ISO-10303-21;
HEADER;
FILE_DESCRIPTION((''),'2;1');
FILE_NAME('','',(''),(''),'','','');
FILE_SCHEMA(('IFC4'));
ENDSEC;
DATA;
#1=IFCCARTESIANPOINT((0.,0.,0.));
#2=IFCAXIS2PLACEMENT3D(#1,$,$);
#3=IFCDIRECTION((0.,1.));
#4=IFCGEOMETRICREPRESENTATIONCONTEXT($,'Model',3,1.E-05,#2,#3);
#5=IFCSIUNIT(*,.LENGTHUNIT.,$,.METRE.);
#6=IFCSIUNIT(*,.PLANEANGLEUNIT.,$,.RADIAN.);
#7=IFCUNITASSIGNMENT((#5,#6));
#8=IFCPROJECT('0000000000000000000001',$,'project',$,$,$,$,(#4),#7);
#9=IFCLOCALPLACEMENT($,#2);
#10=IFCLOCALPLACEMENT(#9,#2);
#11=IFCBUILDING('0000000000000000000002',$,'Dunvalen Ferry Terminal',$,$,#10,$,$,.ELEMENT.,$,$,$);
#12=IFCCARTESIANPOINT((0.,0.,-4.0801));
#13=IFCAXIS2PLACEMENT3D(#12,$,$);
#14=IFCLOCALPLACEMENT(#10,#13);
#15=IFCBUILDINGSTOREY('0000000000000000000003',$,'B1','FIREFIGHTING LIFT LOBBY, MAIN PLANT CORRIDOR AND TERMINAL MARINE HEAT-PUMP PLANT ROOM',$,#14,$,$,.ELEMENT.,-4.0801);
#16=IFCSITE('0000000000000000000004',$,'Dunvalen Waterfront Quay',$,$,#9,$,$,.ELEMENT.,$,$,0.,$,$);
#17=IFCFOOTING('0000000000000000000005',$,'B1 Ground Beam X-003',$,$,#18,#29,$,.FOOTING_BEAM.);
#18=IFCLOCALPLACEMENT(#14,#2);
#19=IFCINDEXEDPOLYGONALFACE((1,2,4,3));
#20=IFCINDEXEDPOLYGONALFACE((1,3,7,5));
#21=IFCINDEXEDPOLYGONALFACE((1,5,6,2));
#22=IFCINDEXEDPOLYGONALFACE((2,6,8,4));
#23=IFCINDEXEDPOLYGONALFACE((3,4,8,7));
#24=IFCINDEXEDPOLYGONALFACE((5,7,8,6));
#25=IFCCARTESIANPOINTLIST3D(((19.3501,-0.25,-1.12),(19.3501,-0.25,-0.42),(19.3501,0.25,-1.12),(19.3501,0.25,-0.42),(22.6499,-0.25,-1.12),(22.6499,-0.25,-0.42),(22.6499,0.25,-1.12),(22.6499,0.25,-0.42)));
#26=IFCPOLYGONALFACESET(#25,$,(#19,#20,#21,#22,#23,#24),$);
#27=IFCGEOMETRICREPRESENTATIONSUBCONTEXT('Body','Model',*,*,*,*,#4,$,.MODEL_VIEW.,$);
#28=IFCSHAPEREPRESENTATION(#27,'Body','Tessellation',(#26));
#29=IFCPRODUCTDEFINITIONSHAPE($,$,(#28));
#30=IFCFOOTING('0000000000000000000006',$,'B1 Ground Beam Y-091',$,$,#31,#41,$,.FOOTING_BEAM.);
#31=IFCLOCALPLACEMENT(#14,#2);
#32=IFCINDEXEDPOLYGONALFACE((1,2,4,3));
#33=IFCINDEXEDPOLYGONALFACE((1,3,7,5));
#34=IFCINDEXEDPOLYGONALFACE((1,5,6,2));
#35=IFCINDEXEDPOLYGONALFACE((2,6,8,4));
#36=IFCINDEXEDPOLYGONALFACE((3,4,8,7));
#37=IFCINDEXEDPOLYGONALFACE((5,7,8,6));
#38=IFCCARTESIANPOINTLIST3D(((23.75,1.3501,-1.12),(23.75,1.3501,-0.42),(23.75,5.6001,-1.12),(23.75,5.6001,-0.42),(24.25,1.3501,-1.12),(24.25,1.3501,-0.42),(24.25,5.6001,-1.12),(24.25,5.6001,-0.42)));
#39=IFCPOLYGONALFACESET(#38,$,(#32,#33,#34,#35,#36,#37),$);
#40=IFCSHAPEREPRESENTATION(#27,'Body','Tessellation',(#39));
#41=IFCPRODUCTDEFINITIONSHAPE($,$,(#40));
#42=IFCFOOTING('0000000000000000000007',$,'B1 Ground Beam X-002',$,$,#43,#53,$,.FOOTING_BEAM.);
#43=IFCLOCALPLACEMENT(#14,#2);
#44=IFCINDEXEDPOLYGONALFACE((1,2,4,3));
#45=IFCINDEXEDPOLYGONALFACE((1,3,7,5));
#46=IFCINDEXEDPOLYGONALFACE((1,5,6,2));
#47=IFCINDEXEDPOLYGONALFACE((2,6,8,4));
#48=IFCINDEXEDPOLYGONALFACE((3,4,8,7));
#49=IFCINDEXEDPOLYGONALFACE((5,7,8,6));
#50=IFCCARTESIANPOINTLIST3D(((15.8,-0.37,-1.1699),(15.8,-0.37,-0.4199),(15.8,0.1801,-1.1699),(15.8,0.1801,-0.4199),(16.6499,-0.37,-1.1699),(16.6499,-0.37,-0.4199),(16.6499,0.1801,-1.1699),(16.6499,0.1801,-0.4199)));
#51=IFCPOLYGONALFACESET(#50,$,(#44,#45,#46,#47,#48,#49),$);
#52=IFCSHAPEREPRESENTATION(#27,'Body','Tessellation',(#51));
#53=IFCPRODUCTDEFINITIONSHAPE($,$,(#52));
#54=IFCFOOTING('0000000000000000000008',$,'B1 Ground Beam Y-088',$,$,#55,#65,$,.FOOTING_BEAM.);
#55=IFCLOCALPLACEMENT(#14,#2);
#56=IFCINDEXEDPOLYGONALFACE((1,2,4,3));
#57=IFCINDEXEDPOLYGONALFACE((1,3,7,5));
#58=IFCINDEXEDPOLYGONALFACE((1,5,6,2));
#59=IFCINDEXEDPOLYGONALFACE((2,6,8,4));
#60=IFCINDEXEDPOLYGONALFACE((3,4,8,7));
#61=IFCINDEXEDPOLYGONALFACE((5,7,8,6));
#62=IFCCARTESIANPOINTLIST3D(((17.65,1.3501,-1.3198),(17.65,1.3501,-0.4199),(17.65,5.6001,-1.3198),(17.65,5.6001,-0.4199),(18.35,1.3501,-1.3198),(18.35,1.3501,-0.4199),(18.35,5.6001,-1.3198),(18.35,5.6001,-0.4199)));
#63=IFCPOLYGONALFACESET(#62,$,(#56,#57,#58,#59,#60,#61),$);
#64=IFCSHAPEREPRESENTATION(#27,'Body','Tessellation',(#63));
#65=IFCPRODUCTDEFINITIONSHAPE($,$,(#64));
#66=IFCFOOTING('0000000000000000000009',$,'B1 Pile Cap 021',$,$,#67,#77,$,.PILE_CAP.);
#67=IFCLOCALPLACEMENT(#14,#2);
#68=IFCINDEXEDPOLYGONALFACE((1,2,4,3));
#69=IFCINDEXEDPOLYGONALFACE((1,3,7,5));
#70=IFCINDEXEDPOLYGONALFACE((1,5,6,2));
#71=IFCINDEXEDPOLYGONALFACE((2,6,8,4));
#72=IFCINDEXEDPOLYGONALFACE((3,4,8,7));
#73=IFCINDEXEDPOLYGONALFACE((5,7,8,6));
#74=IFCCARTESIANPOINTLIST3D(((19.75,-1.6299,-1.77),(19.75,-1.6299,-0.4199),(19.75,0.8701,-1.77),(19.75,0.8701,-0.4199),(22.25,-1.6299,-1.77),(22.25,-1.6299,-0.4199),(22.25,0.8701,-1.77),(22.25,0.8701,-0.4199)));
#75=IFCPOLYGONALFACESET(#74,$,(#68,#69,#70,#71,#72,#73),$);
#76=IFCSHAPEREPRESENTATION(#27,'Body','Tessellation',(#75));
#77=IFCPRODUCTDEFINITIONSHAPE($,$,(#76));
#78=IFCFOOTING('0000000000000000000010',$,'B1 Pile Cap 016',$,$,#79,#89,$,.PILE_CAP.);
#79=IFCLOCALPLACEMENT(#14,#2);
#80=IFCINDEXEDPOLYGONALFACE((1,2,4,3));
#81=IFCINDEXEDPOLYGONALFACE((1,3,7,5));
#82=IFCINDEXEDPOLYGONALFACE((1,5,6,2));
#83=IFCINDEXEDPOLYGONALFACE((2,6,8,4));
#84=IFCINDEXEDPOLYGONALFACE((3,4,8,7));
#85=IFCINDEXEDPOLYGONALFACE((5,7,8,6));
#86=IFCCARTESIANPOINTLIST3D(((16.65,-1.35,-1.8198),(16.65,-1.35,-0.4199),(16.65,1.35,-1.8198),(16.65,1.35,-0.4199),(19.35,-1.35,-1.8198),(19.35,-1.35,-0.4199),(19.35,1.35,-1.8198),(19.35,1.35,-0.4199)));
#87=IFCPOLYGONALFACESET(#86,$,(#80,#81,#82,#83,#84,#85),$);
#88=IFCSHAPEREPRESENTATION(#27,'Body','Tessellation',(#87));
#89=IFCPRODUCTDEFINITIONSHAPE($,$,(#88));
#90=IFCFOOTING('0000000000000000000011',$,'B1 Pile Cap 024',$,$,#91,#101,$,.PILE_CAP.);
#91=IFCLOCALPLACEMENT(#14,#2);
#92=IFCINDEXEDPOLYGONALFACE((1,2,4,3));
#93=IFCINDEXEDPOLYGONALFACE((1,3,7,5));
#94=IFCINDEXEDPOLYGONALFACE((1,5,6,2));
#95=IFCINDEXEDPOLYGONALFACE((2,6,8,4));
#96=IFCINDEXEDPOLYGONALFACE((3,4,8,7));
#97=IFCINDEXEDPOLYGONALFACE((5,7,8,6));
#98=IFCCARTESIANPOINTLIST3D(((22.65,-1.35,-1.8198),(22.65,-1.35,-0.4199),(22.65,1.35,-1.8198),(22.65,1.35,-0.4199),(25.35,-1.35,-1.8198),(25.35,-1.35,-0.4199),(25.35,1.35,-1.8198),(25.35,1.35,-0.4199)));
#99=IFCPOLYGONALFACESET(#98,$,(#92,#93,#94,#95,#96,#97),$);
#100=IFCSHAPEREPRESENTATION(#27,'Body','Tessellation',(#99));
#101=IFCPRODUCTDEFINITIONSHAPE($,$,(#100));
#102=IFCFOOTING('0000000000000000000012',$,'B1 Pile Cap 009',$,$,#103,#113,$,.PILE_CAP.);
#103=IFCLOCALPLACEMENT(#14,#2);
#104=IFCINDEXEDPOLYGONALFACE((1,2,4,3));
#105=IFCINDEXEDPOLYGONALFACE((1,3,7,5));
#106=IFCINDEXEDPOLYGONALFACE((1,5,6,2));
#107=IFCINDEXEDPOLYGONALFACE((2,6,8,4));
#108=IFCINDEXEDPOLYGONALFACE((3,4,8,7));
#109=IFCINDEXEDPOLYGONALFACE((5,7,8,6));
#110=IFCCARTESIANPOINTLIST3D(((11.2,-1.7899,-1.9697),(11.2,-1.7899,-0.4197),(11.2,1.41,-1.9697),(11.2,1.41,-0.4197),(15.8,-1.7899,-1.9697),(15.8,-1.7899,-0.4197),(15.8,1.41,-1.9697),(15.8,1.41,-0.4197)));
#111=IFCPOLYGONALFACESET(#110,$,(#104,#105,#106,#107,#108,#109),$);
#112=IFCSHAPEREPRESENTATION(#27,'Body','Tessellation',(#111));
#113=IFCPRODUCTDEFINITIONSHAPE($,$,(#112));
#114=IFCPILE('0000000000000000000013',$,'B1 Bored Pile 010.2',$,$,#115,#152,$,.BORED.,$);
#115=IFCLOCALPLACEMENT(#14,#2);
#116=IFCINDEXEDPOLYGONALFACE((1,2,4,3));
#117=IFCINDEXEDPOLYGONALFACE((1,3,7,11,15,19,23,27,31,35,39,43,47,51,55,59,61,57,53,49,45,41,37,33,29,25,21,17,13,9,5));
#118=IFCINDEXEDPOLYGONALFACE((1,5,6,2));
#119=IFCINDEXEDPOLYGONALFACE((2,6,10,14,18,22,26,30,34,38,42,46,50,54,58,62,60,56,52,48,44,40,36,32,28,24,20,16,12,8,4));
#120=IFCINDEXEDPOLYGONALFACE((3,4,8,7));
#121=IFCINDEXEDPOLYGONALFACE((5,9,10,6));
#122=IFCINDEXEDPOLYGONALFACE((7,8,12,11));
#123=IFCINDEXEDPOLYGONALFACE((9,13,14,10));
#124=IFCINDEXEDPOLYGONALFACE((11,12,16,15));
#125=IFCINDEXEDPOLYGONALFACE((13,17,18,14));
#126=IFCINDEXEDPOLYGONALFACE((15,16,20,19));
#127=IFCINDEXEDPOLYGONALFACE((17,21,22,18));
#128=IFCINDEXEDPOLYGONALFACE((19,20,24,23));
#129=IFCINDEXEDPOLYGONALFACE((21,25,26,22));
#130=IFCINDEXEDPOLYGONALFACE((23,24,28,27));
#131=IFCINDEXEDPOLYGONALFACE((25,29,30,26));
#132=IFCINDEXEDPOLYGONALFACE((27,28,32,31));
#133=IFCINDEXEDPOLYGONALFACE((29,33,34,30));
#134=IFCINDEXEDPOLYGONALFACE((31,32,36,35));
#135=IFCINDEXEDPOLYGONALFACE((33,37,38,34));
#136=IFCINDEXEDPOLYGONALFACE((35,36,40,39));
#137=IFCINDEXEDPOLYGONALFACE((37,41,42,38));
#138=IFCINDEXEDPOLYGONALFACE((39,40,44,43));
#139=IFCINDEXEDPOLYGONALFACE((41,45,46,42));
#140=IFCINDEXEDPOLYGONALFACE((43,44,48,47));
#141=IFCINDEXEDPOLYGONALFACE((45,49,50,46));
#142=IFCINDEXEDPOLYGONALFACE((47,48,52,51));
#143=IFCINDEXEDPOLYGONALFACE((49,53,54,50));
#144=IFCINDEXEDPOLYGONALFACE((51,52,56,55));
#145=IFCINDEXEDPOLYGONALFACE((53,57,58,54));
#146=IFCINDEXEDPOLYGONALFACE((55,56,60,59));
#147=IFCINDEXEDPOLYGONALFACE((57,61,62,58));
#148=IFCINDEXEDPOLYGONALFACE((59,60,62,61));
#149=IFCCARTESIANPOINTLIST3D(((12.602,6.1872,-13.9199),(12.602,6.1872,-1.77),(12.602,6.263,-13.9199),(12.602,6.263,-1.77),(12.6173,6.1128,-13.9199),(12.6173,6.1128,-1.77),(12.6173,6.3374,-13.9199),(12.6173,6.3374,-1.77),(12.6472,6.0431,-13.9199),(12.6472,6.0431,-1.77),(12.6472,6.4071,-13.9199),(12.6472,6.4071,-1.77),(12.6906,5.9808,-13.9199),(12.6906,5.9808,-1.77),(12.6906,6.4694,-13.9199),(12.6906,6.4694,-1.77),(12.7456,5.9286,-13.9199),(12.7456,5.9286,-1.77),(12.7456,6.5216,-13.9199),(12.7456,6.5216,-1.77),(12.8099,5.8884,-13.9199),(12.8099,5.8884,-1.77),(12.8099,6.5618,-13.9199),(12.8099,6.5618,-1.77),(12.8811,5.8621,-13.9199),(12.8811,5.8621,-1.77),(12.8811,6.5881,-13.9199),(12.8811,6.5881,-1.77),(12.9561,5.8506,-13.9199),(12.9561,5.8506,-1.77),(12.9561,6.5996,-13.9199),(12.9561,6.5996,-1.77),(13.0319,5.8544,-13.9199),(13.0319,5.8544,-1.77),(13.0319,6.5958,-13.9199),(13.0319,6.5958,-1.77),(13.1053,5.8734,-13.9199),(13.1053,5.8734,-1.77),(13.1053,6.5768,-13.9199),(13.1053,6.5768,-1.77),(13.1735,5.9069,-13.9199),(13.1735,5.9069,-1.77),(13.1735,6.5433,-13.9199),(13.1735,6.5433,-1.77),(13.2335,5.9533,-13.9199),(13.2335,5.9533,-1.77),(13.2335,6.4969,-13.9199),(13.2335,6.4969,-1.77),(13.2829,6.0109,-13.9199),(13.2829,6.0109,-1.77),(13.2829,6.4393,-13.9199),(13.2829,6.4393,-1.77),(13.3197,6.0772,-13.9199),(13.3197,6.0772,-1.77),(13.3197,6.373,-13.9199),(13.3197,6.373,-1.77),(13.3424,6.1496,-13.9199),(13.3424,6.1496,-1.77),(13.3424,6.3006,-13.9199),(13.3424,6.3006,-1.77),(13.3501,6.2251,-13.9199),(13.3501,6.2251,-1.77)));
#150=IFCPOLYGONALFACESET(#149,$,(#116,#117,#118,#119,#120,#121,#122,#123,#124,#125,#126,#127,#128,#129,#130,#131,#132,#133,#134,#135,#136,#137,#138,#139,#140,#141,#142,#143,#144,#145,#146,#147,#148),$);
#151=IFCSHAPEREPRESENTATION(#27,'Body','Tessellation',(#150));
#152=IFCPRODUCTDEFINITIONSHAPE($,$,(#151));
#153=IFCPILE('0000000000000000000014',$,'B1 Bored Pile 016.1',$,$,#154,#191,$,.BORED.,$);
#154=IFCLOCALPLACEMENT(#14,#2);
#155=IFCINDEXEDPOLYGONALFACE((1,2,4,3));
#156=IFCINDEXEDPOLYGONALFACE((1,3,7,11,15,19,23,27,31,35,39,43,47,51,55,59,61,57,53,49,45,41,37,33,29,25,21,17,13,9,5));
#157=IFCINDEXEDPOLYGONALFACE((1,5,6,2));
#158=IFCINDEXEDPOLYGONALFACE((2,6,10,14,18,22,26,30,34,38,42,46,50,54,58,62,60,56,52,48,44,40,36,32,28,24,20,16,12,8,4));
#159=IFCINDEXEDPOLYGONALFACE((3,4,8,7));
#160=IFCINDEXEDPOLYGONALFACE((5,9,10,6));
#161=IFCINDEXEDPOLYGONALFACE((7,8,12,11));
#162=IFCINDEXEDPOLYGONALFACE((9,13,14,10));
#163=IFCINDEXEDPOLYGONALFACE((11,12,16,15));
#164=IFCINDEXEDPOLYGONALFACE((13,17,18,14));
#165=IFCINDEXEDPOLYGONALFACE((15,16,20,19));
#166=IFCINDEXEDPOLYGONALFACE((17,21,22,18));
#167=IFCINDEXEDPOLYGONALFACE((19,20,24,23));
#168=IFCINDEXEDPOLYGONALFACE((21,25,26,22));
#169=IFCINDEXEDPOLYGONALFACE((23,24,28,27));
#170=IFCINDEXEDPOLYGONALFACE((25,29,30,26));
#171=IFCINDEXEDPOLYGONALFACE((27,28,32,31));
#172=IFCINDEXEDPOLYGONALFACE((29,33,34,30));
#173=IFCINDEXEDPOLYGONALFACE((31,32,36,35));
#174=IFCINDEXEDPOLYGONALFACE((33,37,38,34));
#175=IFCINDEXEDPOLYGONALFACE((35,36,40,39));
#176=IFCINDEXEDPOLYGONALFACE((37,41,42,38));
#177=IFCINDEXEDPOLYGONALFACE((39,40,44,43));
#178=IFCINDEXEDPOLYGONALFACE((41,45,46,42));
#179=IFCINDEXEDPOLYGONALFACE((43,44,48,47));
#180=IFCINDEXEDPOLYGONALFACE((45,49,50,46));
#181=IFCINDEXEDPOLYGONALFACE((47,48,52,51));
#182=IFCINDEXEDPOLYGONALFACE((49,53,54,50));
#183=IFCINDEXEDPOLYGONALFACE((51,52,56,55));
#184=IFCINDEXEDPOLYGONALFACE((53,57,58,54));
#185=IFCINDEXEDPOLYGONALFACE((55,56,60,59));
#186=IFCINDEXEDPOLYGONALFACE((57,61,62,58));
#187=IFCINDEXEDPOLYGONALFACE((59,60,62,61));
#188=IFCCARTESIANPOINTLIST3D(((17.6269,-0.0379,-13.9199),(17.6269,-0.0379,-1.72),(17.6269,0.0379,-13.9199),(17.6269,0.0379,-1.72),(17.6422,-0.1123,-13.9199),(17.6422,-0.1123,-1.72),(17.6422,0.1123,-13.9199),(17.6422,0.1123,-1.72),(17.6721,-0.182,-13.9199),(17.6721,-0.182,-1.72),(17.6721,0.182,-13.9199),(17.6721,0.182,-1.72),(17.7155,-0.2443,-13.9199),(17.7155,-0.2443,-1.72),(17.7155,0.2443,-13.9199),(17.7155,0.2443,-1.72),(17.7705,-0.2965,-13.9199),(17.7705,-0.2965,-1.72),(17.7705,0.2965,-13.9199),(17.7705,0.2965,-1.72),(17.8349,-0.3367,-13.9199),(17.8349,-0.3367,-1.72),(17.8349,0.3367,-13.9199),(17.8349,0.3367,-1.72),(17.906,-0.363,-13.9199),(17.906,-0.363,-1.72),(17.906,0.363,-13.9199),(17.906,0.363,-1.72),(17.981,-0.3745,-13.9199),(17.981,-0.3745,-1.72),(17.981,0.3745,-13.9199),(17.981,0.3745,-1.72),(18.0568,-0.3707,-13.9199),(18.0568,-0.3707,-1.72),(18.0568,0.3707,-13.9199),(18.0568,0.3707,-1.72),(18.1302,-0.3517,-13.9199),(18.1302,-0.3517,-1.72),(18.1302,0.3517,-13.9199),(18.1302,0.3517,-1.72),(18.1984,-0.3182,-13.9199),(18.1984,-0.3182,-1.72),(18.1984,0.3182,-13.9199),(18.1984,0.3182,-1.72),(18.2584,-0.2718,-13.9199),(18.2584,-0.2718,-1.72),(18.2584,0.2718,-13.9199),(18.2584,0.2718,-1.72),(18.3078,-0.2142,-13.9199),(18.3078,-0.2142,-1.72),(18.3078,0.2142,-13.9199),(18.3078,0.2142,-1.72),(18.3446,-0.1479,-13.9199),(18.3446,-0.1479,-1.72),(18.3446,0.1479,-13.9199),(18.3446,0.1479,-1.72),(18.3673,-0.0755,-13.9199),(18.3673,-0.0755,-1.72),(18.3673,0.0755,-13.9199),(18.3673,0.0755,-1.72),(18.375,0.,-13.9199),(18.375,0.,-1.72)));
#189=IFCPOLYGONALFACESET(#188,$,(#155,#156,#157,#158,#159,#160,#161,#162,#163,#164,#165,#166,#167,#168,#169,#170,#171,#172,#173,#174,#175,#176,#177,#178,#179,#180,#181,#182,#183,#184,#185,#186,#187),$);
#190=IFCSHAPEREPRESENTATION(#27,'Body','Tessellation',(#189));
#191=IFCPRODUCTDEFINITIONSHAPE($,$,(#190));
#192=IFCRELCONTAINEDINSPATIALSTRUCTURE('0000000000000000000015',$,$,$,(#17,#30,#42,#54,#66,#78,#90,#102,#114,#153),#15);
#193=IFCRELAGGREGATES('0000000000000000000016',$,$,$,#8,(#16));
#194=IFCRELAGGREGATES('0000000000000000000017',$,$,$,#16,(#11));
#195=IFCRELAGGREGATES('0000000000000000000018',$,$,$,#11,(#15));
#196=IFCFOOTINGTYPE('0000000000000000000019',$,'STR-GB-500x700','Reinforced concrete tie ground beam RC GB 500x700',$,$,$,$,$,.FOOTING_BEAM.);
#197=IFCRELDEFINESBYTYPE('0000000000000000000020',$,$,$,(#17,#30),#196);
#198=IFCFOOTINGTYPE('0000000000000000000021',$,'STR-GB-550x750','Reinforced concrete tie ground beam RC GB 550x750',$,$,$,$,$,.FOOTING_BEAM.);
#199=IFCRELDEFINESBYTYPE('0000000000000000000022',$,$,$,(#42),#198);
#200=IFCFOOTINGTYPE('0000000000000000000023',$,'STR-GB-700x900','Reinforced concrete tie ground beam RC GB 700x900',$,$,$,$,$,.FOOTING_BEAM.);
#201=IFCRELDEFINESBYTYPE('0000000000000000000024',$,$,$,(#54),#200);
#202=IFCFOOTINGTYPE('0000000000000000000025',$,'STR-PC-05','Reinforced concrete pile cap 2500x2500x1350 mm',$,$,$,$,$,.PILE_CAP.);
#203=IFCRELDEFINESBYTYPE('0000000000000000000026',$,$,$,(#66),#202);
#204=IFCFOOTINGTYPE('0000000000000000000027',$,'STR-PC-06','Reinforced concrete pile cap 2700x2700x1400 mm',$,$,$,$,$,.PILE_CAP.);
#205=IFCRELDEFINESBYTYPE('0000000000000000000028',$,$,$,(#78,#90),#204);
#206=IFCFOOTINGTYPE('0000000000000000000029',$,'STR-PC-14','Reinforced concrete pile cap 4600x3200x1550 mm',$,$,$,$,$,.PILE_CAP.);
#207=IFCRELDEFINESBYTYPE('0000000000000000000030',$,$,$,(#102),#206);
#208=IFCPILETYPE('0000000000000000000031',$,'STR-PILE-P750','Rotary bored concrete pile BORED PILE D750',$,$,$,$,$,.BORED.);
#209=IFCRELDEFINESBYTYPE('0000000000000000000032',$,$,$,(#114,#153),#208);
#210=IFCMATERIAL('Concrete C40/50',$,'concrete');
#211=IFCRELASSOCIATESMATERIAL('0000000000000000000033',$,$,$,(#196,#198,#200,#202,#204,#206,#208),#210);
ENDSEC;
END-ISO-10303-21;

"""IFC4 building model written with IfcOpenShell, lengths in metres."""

from ifc_helpers import new_model, si_unit, direction, frame, origin, origin_2d, place, context, subcontext, project, spatial, rectangle, circle, extrude, material, material_profile, profile_set, type_object, element, save


model = new_model("IFC4")

# Units and contexts
model_context = context("Model", 3, precision=1e-05, world=origin(), true_north=direction((0.0, 1.0)))
body_context = subcontext(model_context, "Body", "Model", "MODEL_VIEW")
ifc_project = project(units=[si_unit("LENGTHUNIT", "METRE"), si_unit("PLANEANGLEUNIT", "RADIAN")], contexts=[model_context])

# Site, building, storey
site_placement = place(None, origin())
site = spatial("IfcSite", under=ifc_project, at=site_placement, Name="Dunvalen Waterfront Quay", CompositionType="ELEMENT", RefElevation=0.0)
building_placement = place(site_placement, origin())
building = spatial("IfcBuilding", under=site, at=building_placement, Name="Dunvalen Ferry Terminal", CompositionType="ELEMENT")
storey_placement = place(building_placement, frame((0.0, 0.0, -4.0801)))
storey = spatial("IfcBuildingStorey", under=building, at=storey_placement, Name="B1", Description="FIREFIGHTING LIFT LOBBY, MAIN PLANT CORRIDOR AND TERMINAL MARINE HEAT-PUMP PLANT ROOM", CompositionType="ELEMENT", Elevation=-4.0801)

# Footings
ifc_material = material(Name="Concrete C40/50", Category="concrete")
ifc_material_profile_1 = material_profile(ifc_material, rectangle(XDim=0.5, YDim=0.7, at=origin_2d()), Name="Concrete C40/50")
ifc_profile_set_1 = profile_set([ifc_material_profile_1], Name="Concrete C40/50")
footing_type_1 = type_object("IfcFootingType", Name="STR-GB-500x700", Description="Reinforced concrete tie ground beam RC GB 500x700", PredefinedType="FOOTING_BEAM", material=ifc_profile_set_1)
footing_1_placement = place(storey_placement, frame((19.3501, 0.0, -0.77), z_axis=(1.0, 0.0, 0.0), x_axis=(0.0, 1.0, 0.0)))
element("IfcFooting", 1, at=footing_1_placement, inside=storey, type_object=footing_type_1, Name="B1 Ground Beam X-003", PredefinedType="FOOTING_BEAM", context=body_context, shape_type="SweptSolid", body=[
    extrude(rectangle(XDim=0.5, YDim=0.7, at=origin_2d()), origin(), (0.0, 0.0, 1.0), 3.2998),
])
footing_2_placement = place(storey_placement, frame((24.0, 1.3501, -0.77), z_axis=(0.0, 1.0, 0.0), x_axis=(-1.0, 0.0, 0.0)))
element("IfcFooting", 2, at=footing_2_placement, inside=storey, type_object=footing_type_1, Name="B1 Ground Beam Y-091", PredefinedType="FOOTING_BEAM", context=body_context, shape_type="SweptSolid", body=[
    extrude(rectangle(XDim=0.5, YDim=0.7, at=origin_2d()), origin(), (0.0, 0.0, 1.0), 4.25),
])
ifc_material_profile_2 = material_profile(ifc_material, rectangle(XDim=0.55, YDim=0.75, at=origin_2d()), Name="Concrete C40/50")
ifc_profile_set_2 = profile_set([ifc_material_profile_2], Name="Concrete C40/50")
footing_type_2 = type_object("IfcFootingType", Name="STR-GB-550x750", Description="Reinforced concrete tie ground beam RC GB 550x750", PredefinedType="FOOTING_BEAM", material=ifc_profile_set_2)
footing_3_placement = place(storey_placement, frame((15.8, -0.095, -0.7949), z_axis=(1.0, 0.0, 0.0), x_axis=(0.0, 1.0, 0.0)))
element("IfcFooting", 3, at=footing_3_placement, inside=storey, type_object=footing_type_2, Name="B1 Ground Beam X-002", PredefinedType="FOOTING_BEAM", context=body_context, shape_type="SweptSolid", body=[
    extrude(rectangle(XDim=0.55, YDim=0.75, at=origin_2d()), origin(), (0.0, 0.0, 1.0), 0.8499),
])
ifc_material_profile_3 = material_profile(ifc_material, rectangle(XDim=0.7, YDim=0.8999, at=origin_2d()), Name="Concrete C40/50")
ifc_profile_set_3 = profile_set([ifc_material_profile_3], Name="Concrete C40/50")
footing_type_3 = type_object("IfcFootingType", Name="STR-GB-700x900", Description="Reinforced concrete tie ground beam RC GB 700x900", PredefinedType="FOOTING_BEAM", material=ifc_profile_set_3)
footing_4_placement = place(storey_placement, frame((18.0, 1.3501, -0.8699), z_axis=(0.0, 1.0, 0.0), x_axis=(-1.0, 0.0, 0.0)))
element("IfcFooting", 4, at=footing_4_placement, inside=storey, type_object=footing_type_3, Name="B1 Ground Beam Y-088", PredefinedType="FOOTING_BEAM", context=body_context, shape_type="SweptSolid", body=[
    extrude(rectangle(XDim=0.7, YDim=0.8999, at=origin_2d()), origin(), (0.0, 0.0, 1.0), 4.25),
])
footing_type_4 = type_object("IfcFootingType", Name="STR-PC-05", Description="Reinforced concrete pile cap 2500x2500x1350 mm", PredefinedType="PILE_CAP", material=ifc_material)
footing_5_placement = place(storey_placement, frame((21.0, -0.3799, -1.77), z_axis=(0.0, 0.0, 1.0), x_axis=(1.0, 0.0, 0.0)))
element("IfcFooting", 5, at=footing_5_placement, inside=storey, type_object=footing_type_4, Name="B1 Pile Cap 021", PredefinedType="PILE_CAP", context=body_context, shape_type="SweptSolid", body=[
    extrude(rectangle(XDim=2.5, YDim=2.5, at=origin_2d()), origin(), (0.0, 0.0, 1.0), 1.3501),
])
footing_type_5 = type_object("IfcFootingType", Name="STR-PC-06", Description="Reinforced concrete pile cap 2700x2700x1400 mm", PredefinedType="PILE_CAP", material=ifc_material)
for number, where, z_axis, x_axis, name in (
    (6, (18.0, 0.0, -1.8198), (0.0, 0.0, 1.0), (1.0, 0.0, 0.0), "B1 Pile Cap 016"),
    (7, (24.0, 0.0, -1.8198), (0.0, 0.0, 1.0), (1.0, 0.0, 0.0), "B1 Pile Cap 024"),
):
    element("IfcFooting", number, at=place(storey_placement, frame(where, z_axis=z_axis, x_axis=x_axis)), inside=storey, type_object=footing_type_5, Name=name, PredefinedType="PILE_CAP", context=body_context, shape_type="SweptSolid", body=[
        extrude(rectangle(XDim=2.7, YDim=2.7, at=origin_2d()), origin(), (0.0, 0.0, 1.0), 1.3999),
    ])
footing_type_6 = type_object("IfcFootingType", Name="STR-PC-14", Description="Reinforced concrete pile cap 4600x3200x1550 mm", PredefinedType="PILE_CAP", material=ifc_material)
footing_6_placement = place(storey_placement, frame((13.5, -0.1899, -1.9697), z_axis=(0.0, 0.0, 1.0), x_axis=(1.0, 0.0, 0.0)))
element("IfcFooting", 8, at=footing_6_placement, inside=storey, type_object=footing_type_6, Name="B1 Pile Cap 009", PredefinedType="PILE_CAP", context=body_context, shape_type="SweptSolid", body=[
    extrude(rectangle(XDim=4.6001, YDim=3.2, at=origin_2d()), origin(), (0.0, 0.0, 1.0), 1.55),
])

# Piles
ifc_material_profile_4 = material_profile(ifc_material, circle(Radius=0.375, at=origin_2d()), Name="Concrete C40/50")
ifc_profile_set_4 = profile_set([ifc_material_profile_4], Name="Concrete C40/50")
pile_type_1 = type_object("IfcPileType", Name="STR-PILE-P750", Description="Rotary bored concrete pile BORED PILE D750", PredefinedType="BORED", material=ifc_profile_set_4)
pile_1_placement = place(storey_placement, frame((12.9751, 6.2251, -1.77), z_axis=(0.0, 0.0, -1.0), x_axis=(1.0, 0.0, 0.0)))
element("IfcPile", 9, at=pile_1_placement, inside=storey, type_object=pile_type_1, Name="B1 Bored Pile 010.2", PredefinedType="BORED", context=body_context, shape_type="SweptSolid", body=[
    extrude(circle(Radius=0.375, at=origin_2d()), origin(), (0.0, 0.0, 1.0), 12.1499),
])
pile_2_placement = place(storey_placement, frame((18.0, 0.0, -1.72), z_axis=(0.0, 0.0, -1.0), x_axis=(1.0, 0.0, 0.0)))
element("IfcPile", 10, at=pile_2_placement, inside=storey, type_object=pile_type_1, Name="B1 Bored Pile 016.1", PredefinedType="BORED", context=body_context, shape_type="SweptSolid", body=[
    extrude(circle(Radius=0.375, at=origin_2d()), origin(), (0.0, 0.0, 1.0), 12.2),
])

save(model, "model.ifc")
